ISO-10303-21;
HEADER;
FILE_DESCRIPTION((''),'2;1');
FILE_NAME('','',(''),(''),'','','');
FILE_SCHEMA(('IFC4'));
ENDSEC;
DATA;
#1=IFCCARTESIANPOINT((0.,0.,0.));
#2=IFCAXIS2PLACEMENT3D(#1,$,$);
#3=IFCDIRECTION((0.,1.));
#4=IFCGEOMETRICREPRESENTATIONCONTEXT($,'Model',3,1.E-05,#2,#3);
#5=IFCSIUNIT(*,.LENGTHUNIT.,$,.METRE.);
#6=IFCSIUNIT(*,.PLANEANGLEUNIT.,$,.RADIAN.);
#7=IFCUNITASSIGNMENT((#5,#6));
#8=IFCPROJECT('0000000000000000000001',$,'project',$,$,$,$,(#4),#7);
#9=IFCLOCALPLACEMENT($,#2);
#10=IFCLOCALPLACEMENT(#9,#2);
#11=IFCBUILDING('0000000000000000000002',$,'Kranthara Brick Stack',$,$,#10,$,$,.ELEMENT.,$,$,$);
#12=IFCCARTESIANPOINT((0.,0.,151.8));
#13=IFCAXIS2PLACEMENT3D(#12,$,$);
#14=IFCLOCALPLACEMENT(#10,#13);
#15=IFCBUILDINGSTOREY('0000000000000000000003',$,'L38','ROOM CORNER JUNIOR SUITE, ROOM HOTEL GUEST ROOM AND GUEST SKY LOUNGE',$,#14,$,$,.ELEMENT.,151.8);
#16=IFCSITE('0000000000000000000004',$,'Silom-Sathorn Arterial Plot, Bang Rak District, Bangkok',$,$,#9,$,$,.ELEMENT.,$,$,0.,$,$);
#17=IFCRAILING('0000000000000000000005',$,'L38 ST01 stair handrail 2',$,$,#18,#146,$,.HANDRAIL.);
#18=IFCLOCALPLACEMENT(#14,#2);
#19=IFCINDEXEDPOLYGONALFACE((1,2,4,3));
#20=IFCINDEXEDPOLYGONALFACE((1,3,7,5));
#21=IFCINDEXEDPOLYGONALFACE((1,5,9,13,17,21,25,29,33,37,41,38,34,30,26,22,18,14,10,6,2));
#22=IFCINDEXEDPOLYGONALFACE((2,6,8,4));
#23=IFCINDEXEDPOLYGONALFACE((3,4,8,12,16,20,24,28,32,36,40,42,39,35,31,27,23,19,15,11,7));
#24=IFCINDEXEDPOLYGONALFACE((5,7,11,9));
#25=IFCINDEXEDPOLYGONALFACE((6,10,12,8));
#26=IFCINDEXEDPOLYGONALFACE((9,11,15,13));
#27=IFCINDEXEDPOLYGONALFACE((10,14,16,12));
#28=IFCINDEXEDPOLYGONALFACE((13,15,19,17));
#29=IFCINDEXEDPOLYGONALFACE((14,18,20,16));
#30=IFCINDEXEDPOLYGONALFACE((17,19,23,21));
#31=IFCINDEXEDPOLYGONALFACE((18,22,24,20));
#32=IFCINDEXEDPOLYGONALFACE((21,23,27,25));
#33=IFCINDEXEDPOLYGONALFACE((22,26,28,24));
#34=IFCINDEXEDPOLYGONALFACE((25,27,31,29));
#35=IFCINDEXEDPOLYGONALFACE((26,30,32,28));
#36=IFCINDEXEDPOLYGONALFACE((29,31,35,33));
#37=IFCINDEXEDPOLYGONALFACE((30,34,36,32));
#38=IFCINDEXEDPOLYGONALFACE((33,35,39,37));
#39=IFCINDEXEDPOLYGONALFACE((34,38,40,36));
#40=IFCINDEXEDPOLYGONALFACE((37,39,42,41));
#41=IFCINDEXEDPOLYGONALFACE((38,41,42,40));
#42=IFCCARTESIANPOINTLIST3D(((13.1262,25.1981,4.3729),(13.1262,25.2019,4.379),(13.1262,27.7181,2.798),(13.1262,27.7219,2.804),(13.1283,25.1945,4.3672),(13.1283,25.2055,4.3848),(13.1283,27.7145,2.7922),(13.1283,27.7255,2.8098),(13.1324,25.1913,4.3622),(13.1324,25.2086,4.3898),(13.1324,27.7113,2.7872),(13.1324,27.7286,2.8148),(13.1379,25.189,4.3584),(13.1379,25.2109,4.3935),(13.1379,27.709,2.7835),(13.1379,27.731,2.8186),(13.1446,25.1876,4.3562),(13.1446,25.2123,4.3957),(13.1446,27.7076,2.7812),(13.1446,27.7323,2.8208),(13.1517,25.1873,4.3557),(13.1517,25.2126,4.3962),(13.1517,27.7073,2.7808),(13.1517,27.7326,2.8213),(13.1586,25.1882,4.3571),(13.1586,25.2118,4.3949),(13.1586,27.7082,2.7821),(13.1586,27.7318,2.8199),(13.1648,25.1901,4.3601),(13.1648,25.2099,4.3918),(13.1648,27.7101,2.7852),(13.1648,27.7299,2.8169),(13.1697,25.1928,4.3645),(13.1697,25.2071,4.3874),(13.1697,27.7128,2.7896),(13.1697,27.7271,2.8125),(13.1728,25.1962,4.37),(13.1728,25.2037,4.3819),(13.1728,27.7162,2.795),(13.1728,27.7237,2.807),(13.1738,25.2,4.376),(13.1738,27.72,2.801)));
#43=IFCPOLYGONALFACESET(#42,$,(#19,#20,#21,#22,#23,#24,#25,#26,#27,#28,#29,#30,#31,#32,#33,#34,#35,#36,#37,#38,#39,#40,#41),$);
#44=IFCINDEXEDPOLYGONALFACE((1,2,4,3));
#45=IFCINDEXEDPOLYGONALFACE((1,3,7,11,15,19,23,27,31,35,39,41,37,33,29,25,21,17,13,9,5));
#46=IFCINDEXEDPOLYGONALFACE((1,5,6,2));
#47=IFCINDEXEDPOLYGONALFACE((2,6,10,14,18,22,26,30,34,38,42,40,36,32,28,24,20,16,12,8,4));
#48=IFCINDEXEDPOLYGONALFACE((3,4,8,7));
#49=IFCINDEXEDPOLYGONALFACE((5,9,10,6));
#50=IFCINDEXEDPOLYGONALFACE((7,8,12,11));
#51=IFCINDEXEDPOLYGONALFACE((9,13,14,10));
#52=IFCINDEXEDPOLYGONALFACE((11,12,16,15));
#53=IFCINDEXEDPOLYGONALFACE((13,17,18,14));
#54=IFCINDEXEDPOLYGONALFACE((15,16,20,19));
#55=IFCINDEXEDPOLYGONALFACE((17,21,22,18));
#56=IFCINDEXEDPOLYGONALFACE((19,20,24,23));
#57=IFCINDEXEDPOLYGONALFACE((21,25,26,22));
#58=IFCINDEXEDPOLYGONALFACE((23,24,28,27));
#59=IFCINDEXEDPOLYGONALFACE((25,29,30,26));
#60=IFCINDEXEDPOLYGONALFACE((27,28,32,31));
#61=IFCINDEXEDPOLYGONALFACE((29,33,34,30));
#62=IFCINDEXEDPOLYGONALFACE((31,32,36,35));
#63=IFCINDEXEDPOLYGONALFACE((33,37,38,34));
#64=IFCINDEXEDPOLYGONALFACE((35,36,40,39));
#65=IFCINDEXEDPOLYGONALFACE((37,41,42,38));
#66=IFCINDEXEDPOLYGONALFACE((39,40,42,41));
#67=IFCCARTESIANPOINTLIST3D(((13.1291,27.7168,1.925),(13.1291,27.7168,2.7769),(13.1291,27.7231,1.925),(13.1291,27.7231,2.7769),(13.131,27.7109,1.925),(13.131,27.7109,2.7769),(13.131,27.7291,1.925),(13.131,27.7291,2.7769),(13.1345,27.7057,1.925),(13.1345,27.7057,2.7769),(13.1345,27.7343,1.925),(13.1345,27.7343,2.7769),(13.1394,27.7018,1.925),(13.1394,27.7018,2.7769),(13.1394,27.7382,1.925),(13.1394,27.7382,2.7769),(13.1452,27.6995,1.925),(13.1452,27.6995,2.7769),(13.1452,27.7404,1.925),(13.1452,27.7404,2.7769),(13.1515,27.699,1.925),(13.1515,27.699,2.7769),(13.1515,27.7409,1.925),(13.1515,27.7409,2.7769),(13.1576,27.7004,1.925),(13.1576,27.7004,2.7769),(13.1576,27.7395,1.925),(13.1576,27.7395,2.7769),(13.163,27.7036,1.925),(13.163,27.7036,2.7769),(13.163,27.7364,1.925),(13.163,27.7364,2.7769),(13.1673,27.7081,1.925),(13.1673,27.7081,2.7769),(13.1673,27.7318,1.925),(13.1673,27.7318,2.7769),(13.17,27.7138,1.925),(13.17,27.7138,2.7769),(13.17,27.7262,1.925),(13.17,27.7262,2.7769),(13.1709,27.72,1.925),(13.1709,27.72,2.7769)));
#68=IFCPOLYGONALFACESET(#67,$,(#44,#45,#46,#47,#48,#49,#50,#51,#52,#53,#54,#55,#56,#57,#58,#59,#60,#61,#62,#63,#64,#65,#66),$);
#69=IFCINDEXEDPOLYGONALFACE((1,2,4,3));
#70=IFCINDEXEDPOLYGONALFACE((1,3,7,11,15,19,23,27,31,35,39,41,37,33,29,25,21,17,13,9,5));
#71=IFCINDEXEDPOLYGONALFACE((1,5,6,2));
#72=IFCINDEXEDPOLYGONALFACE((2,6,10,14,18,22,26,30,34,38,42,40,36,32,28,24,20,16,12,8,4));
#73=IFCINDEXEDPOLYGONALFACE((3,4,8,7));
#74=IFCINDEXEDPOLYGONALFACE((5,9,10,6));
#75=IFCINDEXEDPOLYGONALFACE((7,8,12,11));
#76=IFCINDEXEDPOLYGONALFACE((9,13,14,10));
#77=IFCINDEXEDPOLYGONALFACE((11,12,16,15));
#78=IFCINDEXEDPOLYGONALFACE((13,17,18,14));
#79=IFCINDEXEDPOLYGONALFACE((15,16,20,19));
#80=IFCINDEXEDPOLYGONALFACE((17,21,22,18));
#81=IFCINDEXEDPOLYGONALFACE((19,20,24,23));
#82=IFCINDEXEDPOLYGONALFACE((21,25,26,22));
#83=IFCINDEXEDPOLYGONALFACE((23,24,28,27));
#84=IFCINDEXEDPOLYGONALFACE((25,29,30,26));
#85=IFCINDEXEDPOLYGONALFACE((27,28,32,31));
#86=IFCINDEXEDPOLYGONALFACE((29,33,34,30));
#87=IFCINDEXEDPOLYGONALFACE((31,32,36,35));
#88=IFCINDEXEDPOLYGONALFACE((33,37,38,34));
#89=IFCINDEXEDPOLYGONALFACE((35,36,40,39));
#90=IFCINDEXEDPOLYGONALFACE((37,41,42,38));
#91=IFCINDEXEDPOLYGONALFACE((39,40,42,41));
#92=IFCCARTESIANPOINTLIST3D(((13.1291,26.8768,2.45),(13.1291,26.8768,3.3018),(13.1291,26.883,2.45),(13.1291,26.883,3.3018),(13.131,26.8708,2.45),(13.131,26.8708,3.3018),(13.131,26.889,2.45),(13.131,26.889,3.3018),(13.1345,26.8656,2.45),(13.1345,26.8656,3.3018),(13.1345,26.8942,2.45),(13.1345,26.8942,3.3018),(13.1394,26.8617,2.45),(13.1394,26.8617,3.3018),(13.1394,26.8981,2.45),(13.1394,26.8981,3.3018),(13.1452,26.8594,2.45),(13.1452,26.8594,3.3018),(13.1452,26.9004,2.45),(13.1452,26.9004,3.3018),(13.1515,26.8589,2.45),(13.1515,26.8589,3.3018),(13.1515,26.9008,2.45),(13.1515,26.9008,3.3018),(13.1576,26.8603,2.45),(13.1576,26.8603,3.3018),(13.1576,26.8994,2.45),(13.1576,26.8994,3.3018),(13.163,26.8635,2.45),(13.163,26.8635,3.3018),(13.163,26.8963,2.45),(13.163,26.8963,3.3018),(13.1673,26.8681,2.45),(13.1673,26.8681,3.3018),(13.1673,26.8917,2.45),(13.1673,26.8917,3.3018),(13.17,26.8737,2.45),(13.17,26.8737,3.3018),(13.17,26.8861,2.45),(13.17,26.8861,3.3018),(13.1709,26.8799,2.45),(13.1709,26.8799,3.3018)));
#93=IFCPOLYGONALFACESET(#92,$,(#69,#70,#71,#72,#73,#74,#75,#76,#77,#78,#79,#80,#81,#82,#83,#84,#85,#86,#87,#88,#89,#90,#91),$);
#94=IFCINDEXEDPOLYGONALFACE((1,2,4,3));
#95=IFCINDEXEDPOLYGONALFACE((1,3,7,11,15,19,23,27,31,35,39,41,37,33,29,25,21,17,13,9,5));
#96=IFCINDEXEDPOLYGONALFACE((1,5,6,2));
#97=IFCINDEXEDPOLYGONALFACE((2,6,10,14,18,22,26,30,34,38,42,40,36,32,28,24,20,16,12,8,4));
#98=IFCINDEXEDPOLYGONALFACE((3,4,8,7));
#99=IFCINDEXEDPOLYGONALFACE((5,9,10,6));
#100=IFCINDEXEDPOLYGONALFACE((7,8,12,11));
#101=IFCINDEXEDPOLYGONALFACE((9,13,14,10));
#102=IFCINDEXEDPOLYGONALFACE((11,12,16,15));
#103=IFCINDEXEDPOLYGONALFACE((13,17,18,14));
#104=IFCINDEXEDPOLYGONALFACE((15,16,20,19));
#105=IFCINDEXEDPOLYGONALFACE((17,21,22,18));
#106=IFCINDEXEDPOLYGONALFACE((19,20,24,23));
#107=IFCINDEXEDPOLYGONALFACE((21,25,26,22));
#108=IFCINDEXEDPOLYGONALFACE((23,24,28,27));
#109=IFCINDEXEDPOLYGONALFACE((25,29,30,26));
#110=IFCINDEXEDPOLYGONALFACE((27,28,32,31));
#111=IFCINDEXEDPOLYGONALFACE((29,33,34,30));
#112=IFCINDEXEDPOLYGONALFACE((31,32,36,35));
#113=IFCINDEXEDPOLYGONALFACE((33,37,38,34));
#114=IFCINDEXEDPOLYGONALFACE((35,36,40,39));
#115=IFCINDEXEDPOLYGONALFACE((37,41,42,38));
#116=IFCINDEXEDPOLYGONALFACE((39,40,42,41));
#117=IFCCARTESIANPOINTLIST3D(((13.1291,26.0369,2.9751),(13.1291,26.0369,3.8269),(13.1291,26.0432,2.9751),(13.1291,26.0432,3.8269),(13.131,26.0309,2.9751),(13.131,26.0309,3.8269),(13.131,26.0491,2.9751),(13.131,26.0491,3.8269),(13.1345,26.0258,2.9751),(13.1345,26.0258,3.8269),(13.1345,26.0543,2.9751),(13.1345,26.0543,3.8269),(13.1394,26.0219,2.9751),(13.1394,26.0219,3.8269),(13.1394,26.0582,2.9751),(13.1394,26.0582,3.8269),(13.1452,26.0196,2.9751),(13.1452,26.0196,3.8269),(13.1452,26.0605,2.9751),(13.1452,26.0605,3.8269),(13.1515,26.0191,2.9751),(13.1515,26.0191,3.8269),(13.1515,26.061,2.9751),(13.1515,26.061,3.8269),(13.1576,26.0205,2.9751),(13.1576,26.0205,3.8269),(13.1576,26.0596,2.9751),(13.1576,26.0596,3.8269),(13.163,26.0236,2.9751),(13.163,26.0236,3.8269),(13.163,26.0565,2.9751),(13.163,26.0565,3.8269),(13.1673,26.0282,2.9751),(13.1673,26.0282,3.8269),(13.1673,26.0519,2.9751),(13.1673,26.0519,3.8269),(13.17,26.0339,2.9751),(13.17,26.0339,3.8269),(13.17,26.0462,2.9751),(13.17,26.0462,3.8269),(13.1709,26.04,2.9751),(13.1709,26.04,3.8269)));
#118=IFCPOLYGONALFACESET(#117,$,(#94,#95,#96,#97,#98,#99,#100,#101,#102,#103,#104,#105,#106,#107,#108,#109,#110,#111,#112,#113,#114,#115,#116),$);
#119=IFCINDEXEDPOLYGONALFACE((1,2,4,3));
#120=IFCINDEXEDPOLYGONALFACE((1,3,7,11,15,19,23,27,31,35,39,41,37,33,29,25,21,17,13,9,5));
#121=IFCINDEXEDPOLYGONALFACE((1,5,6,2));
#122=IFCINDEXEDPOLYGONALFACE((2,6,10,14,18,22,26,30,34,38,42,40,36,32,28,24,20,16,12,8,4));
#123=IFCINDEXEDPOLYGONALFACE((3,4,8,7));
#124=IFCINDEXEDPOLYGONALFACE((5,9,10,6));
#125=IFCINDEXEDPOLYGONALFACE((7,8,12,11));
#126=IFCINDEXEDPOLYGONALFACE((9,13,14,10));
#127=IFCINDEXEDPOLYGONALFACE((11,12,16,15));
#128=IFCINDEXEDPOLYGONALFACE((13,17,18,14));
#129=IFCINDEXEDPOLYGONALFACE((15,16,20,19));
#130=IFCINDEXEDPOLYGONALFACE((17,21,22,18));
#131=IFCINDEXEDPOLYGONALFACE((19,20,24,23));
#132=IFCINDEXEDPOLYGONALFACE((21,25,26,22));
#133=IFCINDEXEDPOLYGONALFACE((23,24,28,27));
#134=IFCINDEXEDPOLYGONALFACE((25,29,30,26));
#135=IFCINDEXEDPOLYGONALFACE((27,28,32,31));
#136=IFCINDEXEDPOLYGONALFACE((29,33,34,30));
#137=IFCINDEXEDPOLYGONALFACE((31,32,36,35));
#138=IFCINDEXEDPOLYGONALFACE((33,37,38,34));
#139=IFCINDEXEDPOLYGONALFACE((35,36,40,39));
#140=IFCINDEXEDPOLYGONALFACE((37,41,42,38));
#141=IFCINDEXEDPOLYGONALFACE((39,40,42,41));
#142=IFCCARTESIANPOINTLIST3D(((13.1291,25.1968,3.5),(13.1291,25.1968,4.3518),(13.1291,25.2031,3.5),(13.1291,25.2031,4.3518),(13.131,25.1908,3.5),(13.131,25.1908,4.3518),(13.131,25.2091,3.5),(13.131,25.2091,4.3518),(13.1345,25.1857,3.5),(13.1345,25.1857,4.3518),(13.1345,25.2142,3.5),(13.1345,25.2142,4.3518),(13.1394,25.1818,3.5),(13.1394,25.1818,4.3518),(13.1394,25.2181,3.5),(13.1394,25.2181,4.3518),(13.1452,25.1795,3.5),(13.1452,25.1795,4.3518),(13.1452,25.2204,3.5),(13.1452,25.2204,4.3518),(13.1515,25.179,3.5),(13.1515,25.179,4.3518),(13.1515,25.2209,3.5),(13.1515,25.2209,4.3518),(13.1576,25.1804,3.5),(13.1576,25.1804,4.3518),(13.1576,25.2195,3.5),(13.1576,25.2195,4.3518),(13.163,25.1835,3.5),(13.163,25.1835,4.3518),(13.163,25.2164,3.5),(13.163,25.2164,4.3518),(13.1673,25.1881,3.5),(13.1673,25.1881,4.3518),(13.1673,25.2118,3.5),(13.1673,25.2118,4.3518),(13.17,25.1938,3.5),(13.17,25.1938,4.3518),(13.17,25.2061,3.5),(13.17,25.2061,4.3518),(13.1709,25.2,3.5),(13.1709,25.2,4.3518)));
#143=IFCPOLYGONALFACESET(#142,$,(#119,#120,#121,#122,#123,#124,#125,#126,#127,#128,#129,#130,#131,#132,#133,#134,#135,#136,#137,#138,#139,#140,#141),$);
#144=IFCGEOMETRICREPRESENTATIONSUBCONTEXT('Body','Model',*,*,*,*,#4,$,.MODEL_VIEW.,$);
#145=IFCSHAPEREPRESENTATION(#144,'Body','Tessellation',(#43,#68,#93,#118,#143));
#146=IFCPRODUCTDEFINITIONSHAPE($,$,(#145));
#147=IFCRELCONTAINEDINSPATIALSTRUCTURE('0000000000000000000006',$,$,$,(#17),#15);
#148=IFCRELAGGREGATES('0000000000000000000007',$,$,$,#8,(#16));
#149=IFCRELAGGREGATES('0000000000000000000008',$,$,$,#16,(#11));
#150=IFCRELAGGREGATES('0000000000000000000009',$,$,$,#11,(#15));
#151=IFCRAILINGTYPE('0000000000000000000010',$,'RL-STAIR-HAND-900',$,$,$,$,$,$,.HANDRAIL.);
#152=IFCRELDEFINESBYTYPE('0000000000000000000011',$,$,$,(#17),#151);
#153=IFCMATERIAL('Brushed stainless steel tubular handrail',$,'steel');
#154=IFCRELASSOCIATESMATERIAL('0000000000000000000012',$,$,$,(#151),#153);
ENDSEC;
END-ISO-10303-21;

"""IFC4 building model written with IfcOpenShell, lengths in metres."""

from ifc_helpers import new_model, si_unit, direction, frame, origin, origin_2d, place, context, subcontext, project, spatial, circle, extrude, material, type_object, element, save


model = new_model("IFC4")

# Units and contexts
model_context = context("Model", 3, precision=1e-05, world=origin(), true_north=direction((0.0, 1.0)))
body_context = subcontext(model_context, "Body", "Model", "MODEL_VIEW")
ifc_project = project(units=[si_unit("LENGTHUNIT", "METRE"), si_unit("PLANEANGLEUNIT", "RADIAN")], contexts=[model_context])

# Site, building, storey
site_placement = place(None, origin())
site = spatial("IfcSite", under=ifc_project, at=site_placement, Name="Silom-Sathorn Arterial Plot, Bang Rak District, Bangkok", CompositionType="ELEMENT", RefElevation=0.0)
building_placement = place(site_placement, origin())
building = spatial("IfcBuilding", under=site, at=building_placement, Name="Kranthara Brick Stack", CompositionType="ELEMENT")
storey_placement = place(building_placement, frame((0.0, 0.0, 151.8)))
storey = spatial("IfcBuildingStorey", under=building, at=storey_placement, Name="L38", Description="ROOM CORNER JUNIOR SUITE, ROOM HOTEL GUEST ROOM AND GUEST SKY LOUNGE", CompositionType="ELEMENT", Elevation=151.8)

# Railing
ifc_material_1 = material(Name="Brushed stainless steel tubular handrail", Category="steel")
railing_type_1 = type_object("IfcRailingType", Name="RL-STAIR-HAND-900", PredefinedType="HANDRAIL", material=ifc_material_1)
railing_1_placement = place(storey_placement, frame((13.1499, 27.72, 1.925)))
element("IfcRailing", 1, at=railing_1_placement, inside=storey, type_object=railing_type_1, Name="L38 ST01 stair handrail 2", PredefinedType="HANDRAIL", context=body_context, shape_type="SweptSolid", body=[
    extrude(circle(Radius=0.0239, at=origin_2d()), frame((0.0, 0.0, 0.876), z_axis=(0.0, -0.848008, 0.529984), x_axis=(1.0, 0.0, 0.0)), (0.0, 0.0, 1.0), 2.9717),
    extrude(circle(Radius=0.021, at=origin_2d()), origin(), (0.0, 0.0, 1.0), 0.8518),
    extrude(circle(Radius=0.021, at=origin_2d()), frame((0.0, -0.8401, 0.5249)), (0.0, 0.0, 1.0), 0.8518),
    extrude(circle(Radius=0.021, at=origin_2d()), frame((0.0, -1.6799, 1.05)), (0.0, 0.0, 1.0), 0.8518),
    extrude(circle(Radius=0.021, at=origin_2d()), frame((0.0, -2.52, 1.575)), (0.0, 0.0, 1.0), 0.8518),
])

save(model, "model.ifc")
